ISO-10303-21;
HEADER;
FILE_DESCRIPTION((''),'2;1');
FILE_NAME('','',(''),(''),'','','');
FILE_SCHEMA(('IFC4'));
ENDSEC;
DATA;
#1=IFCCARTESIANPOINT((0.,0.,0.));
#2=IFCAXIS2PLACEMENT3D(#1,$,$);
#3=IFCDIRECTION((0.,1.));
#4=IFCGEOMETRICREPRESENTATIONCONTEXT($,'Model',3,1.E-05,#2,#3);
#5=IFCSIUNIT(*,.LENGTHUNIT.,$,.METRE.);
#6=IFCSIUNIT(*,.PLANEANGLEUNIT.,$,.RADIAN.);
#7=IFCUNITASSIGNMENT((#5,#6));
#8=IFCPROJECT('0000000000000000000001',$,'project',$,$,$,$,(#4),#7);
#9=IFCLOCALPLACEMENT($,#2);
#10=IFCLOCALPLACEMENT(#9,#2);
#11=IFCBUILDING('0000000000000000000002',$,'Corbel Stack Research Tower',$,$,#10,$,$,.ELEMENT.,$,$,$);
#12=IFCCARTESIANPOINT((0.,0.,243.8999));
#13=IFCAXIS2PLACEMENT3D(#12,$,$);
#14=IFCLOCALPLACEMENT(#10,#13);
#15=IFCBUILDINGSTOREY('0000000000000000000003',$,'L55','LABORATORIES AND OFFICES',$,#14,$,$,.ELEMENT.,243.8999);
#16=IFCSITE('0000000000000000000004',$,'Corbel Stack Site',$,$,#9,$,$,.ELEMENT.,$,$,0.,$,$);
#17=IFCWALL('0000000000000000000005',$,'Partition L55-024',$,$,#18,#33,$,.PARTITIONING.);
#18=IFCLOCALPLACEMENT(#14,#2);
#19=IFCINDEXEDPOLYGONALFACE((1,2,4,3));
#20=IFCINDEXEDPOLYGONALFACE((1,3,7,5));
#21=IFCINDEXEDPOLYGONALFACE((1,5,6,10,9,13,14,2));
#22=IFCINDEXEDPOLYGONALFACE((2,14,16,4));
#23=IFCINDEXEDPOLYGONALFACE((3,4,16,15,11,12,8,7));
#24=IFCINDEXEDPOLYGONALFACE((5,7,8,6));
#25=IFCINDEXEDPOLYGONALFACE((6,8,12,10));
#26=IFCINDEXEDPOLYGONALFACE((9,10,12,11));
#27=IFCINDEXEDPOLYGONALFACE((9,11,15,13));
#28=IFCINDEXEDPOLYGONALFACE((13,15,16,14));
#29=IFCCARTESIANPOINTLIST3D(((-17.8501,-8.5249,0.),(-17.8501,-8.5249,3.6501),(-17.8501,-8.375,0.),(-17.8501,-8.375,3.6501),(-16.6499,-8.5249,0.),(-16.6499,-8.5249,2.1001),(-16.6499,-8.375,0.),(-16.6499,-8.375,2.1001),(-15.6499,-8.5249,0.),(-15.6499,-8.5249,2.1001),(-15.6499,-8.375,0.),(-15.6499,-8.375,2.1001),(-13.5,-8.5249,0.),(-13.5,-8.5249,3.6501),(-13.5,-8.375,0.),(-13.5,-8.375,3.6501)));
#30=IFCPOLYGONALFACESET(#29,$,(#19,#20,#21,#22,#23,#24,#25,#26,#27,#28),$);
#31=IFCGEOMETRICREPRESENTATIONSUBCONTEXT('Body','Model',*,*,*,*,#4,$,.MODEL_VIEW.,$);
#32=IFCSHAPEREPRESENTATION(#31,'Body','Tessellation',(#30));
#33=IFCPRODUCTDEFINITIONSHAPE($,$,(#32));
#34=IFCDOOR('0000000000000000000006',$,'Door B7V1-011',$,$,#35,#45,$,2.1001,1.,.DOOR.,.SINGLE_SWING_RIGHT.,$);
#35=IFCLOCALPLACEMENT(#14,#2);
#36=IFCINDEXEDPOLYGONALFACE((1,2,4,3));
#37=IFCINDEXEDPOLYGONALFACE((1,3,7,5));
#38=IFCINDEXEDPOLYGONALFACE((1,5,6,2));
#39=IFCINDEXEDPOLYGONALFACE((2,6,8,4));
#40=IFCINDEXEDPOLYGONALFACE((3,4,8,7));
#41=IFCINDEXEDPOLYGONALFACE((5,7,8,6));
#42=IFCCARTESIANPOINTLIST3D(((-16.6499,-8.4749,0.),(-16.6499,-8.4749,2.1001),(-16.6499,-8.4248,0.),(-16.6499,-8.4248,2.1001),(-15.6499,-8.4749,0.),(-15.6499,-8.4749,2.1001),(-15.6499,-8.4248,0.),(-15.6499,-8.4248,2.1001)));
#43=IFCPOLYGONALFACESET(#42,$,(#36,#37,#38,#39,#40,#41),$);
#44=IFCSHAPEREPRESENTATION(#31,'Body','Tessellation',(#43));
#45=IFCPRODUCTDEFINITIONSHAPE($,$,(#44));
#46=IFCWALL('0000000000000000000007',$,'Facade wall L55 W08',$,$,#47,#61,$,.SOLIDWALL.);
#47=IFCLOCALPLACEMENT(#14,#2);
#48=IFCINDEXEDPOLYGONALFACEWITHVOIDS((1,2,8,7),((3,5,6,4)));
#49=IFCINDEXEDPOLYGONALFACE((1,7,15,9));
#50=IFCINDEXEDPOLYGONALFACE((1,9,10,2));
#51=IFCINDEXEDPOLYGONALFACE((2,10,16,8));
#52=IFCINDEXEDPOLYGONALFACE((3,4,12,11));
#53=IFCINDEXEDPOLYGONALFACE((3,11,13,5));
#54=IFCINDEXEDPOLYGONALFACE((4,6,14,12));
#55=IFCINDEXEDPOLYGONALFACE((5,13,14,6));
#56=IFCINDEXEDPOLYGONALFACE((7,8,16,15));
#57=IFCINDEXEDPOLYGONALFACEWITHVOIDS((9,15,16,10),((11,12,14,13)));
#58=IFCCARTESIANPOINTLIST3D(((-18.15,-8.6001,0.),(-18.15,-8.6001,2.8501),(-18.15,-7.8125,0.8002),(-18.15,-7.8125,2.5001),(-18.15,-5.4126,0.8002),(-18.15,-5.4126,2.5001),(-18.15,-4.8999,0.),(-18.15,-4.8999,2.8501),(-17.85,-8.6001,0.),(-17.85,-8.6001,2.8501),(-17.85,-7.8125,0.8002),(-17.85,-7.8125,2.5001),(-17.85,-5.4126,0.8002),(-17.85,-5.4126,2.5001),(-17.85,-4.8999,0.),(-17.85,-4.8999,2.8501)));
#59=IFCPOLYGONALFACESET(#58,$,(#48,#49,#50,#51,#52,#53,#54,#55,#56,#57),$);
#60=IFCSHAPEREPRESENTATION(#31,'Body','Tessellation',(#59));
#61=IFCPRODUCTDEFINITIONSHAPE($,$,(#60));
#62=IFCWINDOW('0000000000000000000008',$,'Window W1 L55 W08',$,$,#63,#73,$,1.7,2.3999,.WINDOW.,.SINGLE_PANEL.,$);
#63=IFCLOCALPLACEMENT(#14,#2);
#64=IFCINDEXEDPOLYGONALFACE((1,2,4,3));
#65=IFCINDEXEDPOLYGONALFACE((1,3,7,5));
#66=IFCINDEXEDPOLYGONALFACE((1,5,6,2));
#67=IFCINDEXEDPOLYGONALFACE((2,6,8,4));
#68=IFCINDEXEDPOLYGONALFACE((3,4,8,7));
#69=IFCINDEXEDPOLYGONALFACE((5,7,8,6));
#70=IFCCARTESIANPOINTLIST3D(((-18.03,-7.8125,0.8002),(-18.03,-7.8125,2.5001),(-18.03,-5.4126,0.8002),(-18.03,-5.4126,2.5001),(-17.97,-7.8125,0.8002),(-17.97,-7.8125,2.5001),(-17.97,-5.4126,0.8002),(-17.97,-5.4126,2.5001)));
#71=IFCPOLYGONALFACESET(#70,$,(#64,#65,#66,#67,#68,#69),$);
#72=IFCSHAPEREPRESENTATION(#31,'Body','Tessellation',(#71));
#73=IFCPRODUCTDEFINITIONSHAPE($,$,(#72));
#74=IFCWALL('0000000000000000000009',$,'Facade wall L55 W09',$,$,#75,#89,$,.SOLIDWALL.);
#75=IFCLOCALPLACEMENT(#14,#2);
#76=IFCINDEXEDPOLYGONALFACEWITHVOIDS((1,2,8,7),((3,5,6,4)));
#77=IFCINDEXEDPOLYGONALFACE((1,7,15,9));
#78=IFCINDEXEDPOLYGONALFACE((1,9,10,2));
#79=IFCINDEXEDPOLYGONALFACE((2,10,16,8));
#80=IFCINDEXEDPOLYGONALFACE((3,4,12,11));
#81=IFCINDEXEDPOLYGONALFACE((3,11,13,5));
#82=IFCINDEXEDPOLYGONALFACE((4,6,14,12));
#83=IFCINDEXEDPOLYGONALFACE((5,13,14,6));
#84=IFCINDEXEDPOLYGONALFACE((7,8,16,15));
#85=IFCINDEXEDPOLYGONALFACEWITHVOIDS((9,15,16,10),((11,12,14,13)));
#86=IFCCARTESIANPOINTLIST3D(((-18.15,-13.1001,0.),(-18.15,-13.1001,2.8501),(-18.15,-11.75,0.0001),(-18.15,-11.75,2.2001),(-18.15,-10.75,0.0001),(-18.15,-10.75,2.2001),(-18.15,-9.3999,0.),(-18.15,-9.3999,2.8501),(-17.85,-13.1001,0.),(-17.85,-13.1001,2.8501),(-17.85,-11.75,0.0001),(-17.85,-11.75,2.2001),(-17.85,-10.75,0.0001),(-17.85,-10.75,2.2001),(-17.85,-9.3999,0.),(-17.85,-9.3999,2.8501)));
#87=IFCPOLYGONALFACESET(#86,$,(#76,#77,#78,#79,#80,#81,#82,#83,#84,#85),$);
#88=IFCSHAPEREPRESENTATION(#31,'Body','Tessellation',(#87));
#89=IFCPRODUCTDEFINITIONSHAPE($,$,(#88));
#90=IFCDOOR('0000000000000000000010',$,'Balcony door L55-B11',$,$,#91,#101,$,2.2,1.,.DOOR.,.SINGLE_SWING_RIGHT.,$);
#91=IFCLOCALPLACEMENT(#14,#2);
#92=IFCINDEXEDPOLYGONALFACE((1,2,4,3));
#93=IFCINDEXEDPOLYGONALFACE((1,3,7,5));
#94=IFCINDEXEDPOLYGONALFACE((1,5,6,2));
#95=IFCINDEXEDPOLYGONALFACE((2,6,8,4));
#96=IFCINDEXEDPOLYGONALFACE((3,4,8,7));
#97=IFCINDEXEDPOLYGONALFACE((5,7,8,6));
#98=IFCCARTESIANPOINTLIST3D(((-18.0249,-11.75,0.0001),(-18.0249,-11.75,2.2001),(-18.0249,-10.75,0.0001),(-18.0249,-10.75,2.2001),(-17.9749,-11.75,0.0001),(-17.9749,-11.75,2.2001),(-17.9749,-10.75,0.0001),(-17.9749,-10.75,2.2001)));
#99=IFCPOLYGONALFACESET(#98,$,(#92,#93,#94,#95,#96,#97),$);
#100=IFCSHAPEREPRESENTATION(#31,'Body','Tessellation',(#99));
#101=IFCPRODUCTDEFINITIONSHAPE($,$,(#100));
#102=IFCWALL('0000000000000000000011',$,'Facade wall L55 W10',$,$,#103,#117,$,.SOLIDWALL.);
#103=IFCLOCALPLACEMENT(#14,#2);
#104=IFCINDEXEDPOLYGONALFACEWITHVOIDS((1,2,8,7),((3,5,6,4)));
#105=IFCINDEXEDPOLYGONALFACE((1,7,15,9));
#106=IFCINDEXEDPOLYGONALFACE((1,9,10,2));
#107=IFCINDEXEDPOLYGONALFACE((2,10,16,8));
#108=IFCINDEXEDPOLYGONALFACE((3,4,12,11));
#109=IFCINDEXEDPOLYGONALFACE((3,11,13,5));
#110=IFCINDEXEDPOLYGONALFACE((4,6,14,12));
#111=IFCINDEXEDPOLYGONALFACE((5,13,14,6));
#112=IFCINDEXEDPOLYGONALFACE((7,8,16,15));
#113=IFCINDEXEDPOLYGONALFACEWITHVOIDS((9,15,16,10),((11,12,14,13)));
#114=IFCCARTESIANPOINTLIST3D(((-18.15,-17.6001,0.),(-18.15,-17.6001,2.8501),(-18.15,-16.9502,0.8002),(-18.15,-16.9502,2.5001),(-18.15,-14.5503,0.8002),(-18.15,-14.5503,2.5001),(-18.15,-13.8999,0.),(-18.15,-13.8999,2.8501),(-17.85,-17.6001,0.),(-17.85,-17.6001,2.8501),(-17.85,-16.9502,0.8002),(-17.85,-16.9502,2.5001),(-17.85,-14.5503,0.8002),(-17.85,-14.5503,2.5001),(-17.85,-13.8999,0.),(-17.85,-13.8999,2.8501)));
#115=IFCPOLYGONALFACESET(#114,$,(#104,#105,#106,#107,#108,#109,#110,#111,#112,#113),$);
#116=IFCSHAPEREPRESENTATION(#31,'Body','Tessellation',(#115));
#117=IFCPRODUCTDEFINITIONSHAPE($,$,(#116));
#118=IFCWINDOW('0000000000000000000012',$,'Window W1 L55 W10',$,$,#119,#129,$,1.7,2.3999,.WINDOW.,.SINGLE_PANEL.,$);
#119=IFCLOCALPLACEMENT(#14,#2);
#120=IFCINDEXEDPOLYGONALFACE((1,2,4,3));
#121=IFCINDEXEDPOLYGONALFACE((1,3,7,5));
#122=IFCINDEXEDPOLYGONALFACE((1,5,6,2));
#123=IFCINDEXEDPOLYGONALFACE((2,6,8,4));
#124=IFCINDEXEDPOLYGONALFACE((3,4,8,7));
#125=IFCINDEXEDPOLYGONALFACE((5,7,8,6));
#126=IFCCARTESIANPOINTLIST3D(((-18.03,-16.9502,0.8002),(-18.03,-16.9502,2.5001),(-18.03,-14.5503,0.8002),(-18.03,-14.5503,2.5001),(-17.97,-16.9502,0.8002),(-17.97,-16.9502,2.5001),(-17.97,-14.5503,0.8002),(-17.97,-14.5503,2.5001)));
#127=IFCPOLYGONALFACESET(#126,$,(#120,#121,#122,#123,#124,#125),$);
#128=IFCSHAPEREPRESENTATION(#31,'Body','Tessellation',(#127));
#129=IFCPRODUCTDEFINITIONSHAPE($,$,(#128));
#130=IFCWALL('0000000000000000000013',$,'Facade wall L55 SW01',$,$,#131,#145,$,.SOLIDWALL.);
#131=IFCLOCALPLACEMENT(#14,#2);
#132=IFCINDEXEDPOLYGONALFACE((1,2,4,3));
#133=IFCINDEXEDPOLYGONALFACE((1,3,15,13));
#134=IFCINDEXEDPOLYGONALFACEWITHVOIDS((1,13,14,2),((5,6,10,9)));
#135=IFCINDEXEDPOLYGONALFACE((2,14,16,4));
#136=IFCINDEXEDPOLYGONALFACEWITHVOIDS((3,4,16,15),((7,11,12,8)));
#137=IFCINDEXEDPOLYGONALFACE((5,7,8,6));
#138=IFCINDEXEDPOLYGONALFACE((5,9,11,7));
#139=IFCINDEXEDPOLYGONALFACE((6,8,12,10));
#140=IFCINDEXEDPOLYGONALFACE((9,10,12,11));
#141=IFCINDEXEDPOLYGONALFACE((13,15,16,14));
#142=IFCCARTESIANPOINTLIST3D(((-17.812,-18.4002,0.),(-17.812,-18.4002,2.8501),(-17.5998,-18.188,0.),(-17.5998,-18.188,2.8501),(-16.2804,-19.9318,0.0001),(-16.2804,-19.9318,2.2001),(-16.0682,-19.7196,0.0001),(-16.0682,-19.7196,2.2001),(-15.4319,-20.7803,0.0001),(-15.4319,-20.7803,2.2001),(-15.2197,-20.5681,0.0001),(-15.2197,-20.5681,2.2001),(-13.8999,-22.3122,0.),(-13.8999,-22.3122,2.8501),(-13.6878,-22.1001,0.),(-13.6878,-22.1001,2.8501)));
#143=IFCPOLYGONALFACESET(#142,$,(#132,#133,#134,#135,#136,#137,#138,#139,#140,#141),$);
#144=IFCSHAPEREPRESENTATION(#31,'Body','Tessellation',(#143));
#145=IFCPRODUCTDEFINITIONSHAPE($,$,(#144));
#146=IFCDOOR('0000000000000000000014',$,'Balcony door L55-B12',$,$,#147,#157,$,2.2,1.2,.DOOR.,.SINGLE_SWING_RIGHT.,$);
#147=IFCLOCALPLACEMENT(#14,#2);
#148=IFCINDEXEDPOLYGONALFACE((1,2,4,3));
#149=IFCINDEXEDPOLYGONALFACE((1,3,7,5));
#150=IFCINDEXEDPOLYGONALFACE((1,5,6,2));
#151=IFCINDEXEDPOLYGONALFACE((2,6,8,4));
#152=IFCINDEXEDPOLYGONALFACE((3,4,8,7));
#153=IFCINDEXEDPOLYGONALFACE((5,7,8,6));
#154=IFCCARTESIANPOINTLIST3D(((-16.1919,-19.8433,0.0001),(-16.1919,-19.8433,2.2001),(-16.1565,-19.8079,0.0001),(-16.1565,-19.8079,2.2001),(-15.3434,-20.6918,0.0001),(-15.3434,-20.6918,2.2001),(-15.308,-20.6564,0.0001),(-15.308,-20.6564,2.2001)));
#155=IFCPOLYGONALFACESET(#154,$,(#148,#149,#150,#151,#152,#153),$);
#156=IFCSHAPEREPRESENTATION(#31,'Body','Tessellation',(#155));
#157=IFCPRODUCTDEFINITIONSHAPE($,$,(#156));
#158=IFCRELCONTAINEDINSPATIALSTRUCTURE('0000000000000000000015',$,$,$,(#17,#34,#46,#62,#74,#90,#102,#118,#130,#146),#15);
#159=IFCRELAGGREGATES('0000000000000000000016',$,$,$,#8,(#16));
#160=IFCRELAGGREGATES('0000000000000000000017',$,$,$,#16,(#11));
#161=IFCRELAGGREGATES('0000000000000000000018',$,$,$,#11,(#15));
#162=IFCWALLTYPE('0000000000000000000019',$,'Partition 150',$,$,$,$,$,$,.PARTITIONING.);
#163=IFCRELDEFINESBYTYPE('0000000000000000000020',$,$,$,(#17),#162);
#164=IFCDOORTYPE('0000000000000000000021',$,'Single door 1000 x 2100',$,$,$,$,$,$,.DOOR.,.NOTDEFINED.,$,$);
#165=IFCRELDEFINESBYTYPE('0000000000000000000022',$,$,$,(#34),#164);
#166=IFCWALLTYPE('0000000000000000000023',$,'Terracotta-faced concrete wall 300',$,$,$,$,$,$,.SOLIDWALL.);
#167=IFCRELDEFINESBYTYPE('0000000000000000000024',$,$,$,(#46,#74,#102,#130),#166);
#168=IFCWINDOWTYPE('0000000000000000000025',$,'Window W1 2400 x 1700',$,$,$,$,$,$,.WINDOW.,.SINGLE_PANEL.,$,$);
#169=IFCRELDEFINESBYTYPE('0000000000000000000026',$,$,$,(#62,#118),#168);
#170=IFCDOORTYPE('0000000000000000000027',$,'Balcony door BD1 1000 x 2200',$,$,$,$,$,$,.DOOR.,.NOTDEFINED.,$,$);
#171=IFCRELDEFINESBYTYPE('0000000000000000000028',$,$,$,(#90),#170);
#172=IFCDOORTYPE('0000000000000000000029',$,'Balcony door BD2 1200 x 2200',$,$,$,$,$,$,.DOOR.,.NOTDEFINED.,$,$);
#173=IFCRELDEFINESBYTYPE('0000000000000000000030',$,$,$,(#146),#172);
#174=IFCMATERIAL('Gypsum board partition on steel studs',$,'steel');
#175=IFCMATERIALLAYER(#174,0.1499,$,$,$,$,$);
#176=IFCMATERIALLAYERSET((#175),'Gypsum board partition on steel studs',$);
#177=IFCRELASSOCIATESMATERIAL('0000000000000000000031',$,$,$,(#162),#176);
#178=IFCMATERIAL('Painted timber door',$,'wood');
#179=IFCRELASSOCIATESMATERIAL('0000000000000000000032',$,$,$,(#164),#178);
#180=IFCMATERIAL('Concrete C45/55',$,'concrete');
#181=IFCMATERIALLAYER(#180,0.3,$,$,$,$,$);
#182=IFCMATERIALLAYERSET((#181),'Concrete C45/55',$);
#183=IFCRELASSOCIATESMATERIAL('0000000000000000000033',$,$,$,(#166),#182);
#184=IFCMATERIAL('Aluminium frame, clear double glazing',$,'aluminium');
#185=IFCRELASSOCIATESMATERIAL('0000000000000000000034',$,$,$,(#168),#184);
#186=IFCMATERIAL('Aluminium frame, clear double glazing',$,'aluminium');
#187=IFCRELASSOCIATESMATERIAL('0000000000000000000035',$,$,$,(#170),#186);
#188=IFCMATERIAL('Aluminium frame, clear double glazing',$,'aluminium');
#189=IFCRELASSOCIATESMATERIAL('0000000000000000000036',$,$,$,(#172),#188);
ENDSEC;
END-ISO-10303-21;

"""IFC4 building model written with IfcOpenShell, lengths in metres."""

from ifc_helpers import new_model, si_unit, direction, frame, frame_2d, origin, place, context, subcontext, project, spatial, rectangle, extrude, material, layer, layer_set, type_object, element, fill, save


model = new_model("IFC4")

# Units and contexts
model_context = context("Model", 3, precision=1e-05, world=origin(), true_north=direction((0.0, 1.0)))
body_context = subcontext(model_context, "Body", "Model", "MODEL_VIEW")
ifc_project = project(units=[si_unit("LENGTHUNIT", "METRE"), si_unit("PLANEANGLEUNIT", "RADIAN")], contexts=[model_context])

# Site, building, storey
site_placement = place(None, origin())
site = spatial("IfcSite", under=ifc_project, at=site_placement, Name="Corbel Stack Site", CompositionType="ELEMENT", RefElevation=0.0)
building_placement = place(site_placement, origin())
building = spatial("IfcBuilding", under=site, at=building_placement, Name="Corbel Stack Research Tower", CompositionType="ELEMENT")
storey_placement = place(building_placement, frame((0.0, 0.0, 243.8999)))
storey = spatial("IfcBuildingStorey", under=building, at=storey_placement, Name="L55", Description="LABORATORIES AND OFFICES", CompositionType="ELEMENT", Elevation=243.8999)

# Wall, opening, door
ifc_material_1 = material(Name="Gypsum board partition on steel studs", Category="steel")
ifc_layer_1 = layer(ifc_material_1, 0.1499)
ifc_layer_set_1 = layer_set([ifc_layer_1], Name="Gypsum board partition on steel studs")
wall_type_1 = type_object("IfcWallType", Name="Partition 150", PredefinedType="PARTITIONING", material=ifc_layer_set_1)
wall_1_placement = place(storey_placement, frame((-13.5, -8.45, 0.0), z_axis=(0.0, 0.0, 1.0), x_axis=(-1.0, 0.0, 0.0)))
wall_1 = element("IfcWall", 1, at=wall_1_placement, inside=storey, type_object=wall_type_1, Name="Partition L55-024", PredefinedType="PARTITIONING", context=body_context, shape_type="SweptSolid", body=[
    extrude(rectangle(XDim=4.3501, YDim=0.1499, at=frame_2d((2.175, 0.0))), origin(), (0.0, 0.0, 1.0), 3.6501),
])
opening_1_placement = place(wall_1_placement, frame((2.1499, 0.0, 0.0)))
opening_1 = element("IfcOpeningElement", 2, at=opening_1_placement, cuts=wall_1, PredefinedType="OPENING", context=body_context, shape_type="SweptSolid", body=[
    extrude(rectangle(XDim=1.0, YDim=2.1001, at=frame_2d((0.5, 1.05))), frame((0.0, 0.085, 0.0), z_axis=(0.0, -1.0, 0.0), x_axis=(1.0, 0.0, 0.0)), (0.0, 0.0, 1.0), 0.1699),
])
ifc_material_2 = material(Name="Painted timber door", Category="wood")
door_type_1 = type_object("IfcDoorType", Name="Single door 1000 x 2100", OperationType="NOTDEFINED", PredefinedType="DOOR", material=ifc_material_2)
door_1_placement = place(opening_1_placement, origin())
door_1 = element("IfcDoor", 3, at=door_1_placement, inside=storey, type_object=door_type_1, Name="Door B7V1-011", OperationType="SINGLE_SWING_RIGHT", OverallHeight=2.1001, OverallWidth=1.0, PredefinedType="DOOR", context=body_context, shape_type="SweptSolid", body=[
    extrude(rectangle(XDim=1.0, YDim=2.1001, at=frame_2d((0.5, 1.05))), frame((0.0, 0.0249, 0.0), z_axis=(0.0, -1.0, 0.0), x_axis=(1.0, 0.0, 0.0)), (0.0, 0.0, 1.0), 0.05),
])
fill(opening_1, door_1)

# Wall, opening, window
ifc_material_3 = material(Name="Concrete C45/55", Category="concrete")
ifc_layer_2 = layer(ifc_material_3, 0.3)
ifc_layer_set_2 = layer_set([ifc_layer_2], Name="Concrete C45/55")
wall_type_2 = type_object("IfcWallType", Name="Terracotta-faced concrete wall 300", PredefinedType="SOLIDWALL", material=ifc_layer_set_2)
wall_2_placement = place(storey_placement, frame((-18.0, -8.6001, 0.0), z_axis=(0.0, 0.0, 1.0), x_axis=(0.0, 1.0, 0.0)))
wall_2 = element("IfcWall", 4, at=wall_2_placement, inside=storey, type_object=wall_type_2, Name="Facade wall L55 W08", PredefinedType="SOLIDWALL", context=body_context, shape_type="SweptSolid", body=[
    extrude(rectangle(XDim=3.7002, YDim=0.3, at=frame_2d((1.8501, 0.0))), origin(), (0.0, 0.0, 1.0), 2.8501),
])
opening_2_placement = place(wall_2_placement, frame((0.7876, 0.0, 0.8)))
opening_2 = element("IfcOpeningElement", 5, at=opening_2_placement, cuts=wall_2, PredefinedType="OPENING", context=body_context, shape_type="SweptSolid", body=[
    extrude(rectangle(XDim=2.3999, YDim=1.7, at=frame_2d((1.2, 0.8501))), frame((0.0, 0.1599, 0.0), z_axis=(0.0, -1.0, 0.0), x_axis=(1.0, 0.0, 0.0)), (0.0, 0.0, 1.0), 0.3201),
])
ifc_material_4 = material(Name="Aluminium frame, clear double glazing", Category="aluminium")
window_type = type_object("IfcWindowType", Name="Window W1 2400 x 1700", PartitioningType="SINGLE_PANEL", PredefinedType="WINDOW", material=ifc_material_4)
window_1_placement = place(opening_2_placement, origin())
window_1 = element("IfcWindow", 6, at=window_1_placement, inside=storey, type_object=window_type, Name="Window W1 L55 W08", OverallHeight=1.7, OverallWidth=2.3999, PartitioningType="SINGLE_PANEL", PredefinedType="WINDOW", context=body_context, shape_type="SweptSolid", body=[
    extrude(rectangle(XDim=2.3999, YDim=1.7, at=frame_2d((1.2, 0.8501))), frame((0.0, 0.03, 0.0), z_axis=(0.0, -1.0, 0.0), x_axis=(1.0, 0.0, 0.0)), (0.0, 0.0, 1.0), 0.0601),
])
fill(opening_2, window_1)

# Wall, opening, door
wall_3_placement = place(storey_placement, frame((-18.0, -13.1001, 0.0), z_axis=(0.0, 0.0, 1.0), x_axis=(0.0, 1.0, 0.0)))
wall_3 = element("IfcWall", 7, at=wall_3_placement, inside=storey, type_object=wall_type_2, Name="Facade wall L55 W09", PredefinedType="SOLIDWALL", context=body_context, shape_type="SweptSolid", body=[
    extrude(rectangle(XDim=3.7002, YDim=0.3, at=frame_2d((1.8501, 0.0))), origin(), (0.0, 0.0, 1.0), 2.8501),
])
opening_3_placement = place(wall_3_placement, frame((1.3501, 0.0, 0.0)))
opening_3 = element("IfcOpeningElement", 8, at=opening_3_placement, cuts=wall_3, PredefinedType="OPENING", context=body_context, shape_type="SweptSolid", body=[
    extrude(rectangle(XDim=1.0, YDim=2.2, at=frame_2d((0.5, 1.1001))), frame((0.0, 0.1599, 0.0), z_axis=(0.0, -1.0, 0.0), x_axis=(1.0, 0.0, 0.0)), (0.0, 0.0, 1.0), 0.3201),
])
ifc_material_5 = material(Name="Aluminium frame, clear double glazing", Category="aluminium")
door_type_2 = type_object("IfcDoorType", Name="Balcony door BD1 1000 x 2200", OperationType="NOTDEFINED", PredefinedType="DOOR", material=ifc_material_5)
door_2_placement = place(opening_3_placement, origin())
door_2 = element("IfcDoor", 9, at=door_2_placement, inside=storey, type_object=door_type_2, Name="Balcony door L55-B11", OperationType="SINGLE_SWING_RIGHT", OverallHeight=2.2, OverallWidth=1.0, PredefinedType="DOOR", context=body_context, shape_type="SweptSolid", body=[
    extrude(rectangle(XDim=1.0, YDim=2.2, at=frame_2d((0.5, 1.1001))), frame((0.0, 0.0249, 0.0), z_axis=(0.0, -1.0, 0.0), x_axis=(1.0, 0.0, 0.0)), (0.0, 0.0, 1.0), 0.05),
])
fill(opening_3, door_2)

# Wall, opening, window
wall_4_placement = place(storey_placement, frame((-18.0, -17.6001, 0.0), z_axis=(0.0, 0.0, 1.0), x_axis=(0.0, 1.0, 0.0)))
wall_4 = element("IfcWall", 10, at=wall_4_placement, inside=storey, type_object=wall_type_2, Name="Facade wall L55 W10", PredefinedType="SOLIDWALL", context=body_context, shape_type="SweptSolid", body=[
    extrude(rectangle(XDim=3.7002, YDim=0.3, at=frame_2d((1.8501, 0.0))), origin(), (0.0, 0.0, 1.0), 2.8501),
])
opening_4_placement = place(wall_4_placement, frame((0.6499, 0.0, 0.8)))
opening_4 = element("IfcOpeningElement", 11, at=opening_4_placement, cuts=wall_4, PredefinedType="OPENING", context=body_context, shape_type="SweptSolid", body=[
    extrude(rectangle(XDim=2.3999, YDim=1.7, at=frame_2d((1.2, 0.8501))), frame((0.0, 0.1599, 0.0), z_axis=(0.0, -1.0, 0.0), x_axis=(1.0, 0.0, 0.0)), (0.0, 0.0, 1.0), 0.3201),
])
window_2_placement = place(opening_4_placement, origin())
window_2 = element("IfcWindow", 12, at=window_2_placement, inside=storey, type_object=window_type, Name="Window W1 L55 W10", OverallHeight=1.7, OverallWidth=2.3999, PartitioningType="SINGLE_PANEL", PredefinedType="WINDOW", context=body_context, shape_type="SweptSolid", body=[
    extrude(rectangle(XDim=2.3999, YDim=1.7, at=frame_2d((1.2, 0.8501))), frame((0.0, 0.03, 0.0), z_axis=(0.0, -1.0, 0.0), x_axis=(1.0, 0.0, 0.0)), (0.0, 0.0, 1.0), 0.0601),
])
fill(opening_4, window_2)

# Wall, opening, door
wall_5_placement = place(storey_placement, frame((-13.7939, -22.2061, 0.0), z_axis=(0.0, 0.0, 1.0), x_axis=(-0.707107, 0.707107, 0.0)))
wall_5 = element("IfcWall", 13, at=wall_5_placement, inside=storey, type_object=wall_type_2, Name="Facade wall L55 SW01", PredefinedType="SOLIDWALL", context=body_context, shape_type="SweptSolid", body=[
    extrude(rectangle(XDim=5.5325, YDim=0.3, at=frame_2d((2.7661, 0.0))), origin(), (0.0, 0.0, 1.0), 2.8501),
])
opening_5_placement = place(wall_5_placement, frame((2.1663, 0.0, 0.0)))
opening_5 = element("IfcOpeningElement", 14, at=opening_5_placement, cuts=wall_5, PredefinedType="OPENING", context=body_context, shape_type="SweptSolid", body=[
    extrude(rectangle(XDim=1.2, YDim=2.2, at=frame_2d((0.6001, 1.1001))), frame((0.0, 0.1599, 0.0), z_axis=(0.0, -1.0, 0.0), x_axis=(1.0, 0.0, 0.0)), (0.0, 0.0, 1.0), 0.3201),
])
ifc_material_6 = material(Name="Aluminium frame, clear double glazing", Category="aluminium")
door_type_3 = type_object("IfcDoorType", Name="Balcony door BD2 1200 x 2200", OperationType="NOTDEFINED", PredefinedType="DOOR", material=ifc_material_6)
door_3_placement = place(opening_5_placement, origin())
door_3 = element("IfcDoor", 15, at=door_3_placement, inside=storey, type_object=door_type_3, Name="Balcony door L55-B12", OperationType="SINGLE_SWING_RIGHT", OverallHeight=2.2, OverallWidth=1.2, PredefinedType="DOOR", context=body_context, shape_type="SweptSolid", body=[
    extrude(rectangle(XDim=1.2, YDim=2.2, at=frame_2d((0.6001, 1.1001))), frame((0.0, 0.0249, 0.0), z_axis=(0.0, -1.0, 0.0), x_axis=(1.0, 0.0, 0.0)), (0.0, 0.0, 1.0), 0.05),
])
fill(opening_5, door_3)

save(model, "model.ifc")
